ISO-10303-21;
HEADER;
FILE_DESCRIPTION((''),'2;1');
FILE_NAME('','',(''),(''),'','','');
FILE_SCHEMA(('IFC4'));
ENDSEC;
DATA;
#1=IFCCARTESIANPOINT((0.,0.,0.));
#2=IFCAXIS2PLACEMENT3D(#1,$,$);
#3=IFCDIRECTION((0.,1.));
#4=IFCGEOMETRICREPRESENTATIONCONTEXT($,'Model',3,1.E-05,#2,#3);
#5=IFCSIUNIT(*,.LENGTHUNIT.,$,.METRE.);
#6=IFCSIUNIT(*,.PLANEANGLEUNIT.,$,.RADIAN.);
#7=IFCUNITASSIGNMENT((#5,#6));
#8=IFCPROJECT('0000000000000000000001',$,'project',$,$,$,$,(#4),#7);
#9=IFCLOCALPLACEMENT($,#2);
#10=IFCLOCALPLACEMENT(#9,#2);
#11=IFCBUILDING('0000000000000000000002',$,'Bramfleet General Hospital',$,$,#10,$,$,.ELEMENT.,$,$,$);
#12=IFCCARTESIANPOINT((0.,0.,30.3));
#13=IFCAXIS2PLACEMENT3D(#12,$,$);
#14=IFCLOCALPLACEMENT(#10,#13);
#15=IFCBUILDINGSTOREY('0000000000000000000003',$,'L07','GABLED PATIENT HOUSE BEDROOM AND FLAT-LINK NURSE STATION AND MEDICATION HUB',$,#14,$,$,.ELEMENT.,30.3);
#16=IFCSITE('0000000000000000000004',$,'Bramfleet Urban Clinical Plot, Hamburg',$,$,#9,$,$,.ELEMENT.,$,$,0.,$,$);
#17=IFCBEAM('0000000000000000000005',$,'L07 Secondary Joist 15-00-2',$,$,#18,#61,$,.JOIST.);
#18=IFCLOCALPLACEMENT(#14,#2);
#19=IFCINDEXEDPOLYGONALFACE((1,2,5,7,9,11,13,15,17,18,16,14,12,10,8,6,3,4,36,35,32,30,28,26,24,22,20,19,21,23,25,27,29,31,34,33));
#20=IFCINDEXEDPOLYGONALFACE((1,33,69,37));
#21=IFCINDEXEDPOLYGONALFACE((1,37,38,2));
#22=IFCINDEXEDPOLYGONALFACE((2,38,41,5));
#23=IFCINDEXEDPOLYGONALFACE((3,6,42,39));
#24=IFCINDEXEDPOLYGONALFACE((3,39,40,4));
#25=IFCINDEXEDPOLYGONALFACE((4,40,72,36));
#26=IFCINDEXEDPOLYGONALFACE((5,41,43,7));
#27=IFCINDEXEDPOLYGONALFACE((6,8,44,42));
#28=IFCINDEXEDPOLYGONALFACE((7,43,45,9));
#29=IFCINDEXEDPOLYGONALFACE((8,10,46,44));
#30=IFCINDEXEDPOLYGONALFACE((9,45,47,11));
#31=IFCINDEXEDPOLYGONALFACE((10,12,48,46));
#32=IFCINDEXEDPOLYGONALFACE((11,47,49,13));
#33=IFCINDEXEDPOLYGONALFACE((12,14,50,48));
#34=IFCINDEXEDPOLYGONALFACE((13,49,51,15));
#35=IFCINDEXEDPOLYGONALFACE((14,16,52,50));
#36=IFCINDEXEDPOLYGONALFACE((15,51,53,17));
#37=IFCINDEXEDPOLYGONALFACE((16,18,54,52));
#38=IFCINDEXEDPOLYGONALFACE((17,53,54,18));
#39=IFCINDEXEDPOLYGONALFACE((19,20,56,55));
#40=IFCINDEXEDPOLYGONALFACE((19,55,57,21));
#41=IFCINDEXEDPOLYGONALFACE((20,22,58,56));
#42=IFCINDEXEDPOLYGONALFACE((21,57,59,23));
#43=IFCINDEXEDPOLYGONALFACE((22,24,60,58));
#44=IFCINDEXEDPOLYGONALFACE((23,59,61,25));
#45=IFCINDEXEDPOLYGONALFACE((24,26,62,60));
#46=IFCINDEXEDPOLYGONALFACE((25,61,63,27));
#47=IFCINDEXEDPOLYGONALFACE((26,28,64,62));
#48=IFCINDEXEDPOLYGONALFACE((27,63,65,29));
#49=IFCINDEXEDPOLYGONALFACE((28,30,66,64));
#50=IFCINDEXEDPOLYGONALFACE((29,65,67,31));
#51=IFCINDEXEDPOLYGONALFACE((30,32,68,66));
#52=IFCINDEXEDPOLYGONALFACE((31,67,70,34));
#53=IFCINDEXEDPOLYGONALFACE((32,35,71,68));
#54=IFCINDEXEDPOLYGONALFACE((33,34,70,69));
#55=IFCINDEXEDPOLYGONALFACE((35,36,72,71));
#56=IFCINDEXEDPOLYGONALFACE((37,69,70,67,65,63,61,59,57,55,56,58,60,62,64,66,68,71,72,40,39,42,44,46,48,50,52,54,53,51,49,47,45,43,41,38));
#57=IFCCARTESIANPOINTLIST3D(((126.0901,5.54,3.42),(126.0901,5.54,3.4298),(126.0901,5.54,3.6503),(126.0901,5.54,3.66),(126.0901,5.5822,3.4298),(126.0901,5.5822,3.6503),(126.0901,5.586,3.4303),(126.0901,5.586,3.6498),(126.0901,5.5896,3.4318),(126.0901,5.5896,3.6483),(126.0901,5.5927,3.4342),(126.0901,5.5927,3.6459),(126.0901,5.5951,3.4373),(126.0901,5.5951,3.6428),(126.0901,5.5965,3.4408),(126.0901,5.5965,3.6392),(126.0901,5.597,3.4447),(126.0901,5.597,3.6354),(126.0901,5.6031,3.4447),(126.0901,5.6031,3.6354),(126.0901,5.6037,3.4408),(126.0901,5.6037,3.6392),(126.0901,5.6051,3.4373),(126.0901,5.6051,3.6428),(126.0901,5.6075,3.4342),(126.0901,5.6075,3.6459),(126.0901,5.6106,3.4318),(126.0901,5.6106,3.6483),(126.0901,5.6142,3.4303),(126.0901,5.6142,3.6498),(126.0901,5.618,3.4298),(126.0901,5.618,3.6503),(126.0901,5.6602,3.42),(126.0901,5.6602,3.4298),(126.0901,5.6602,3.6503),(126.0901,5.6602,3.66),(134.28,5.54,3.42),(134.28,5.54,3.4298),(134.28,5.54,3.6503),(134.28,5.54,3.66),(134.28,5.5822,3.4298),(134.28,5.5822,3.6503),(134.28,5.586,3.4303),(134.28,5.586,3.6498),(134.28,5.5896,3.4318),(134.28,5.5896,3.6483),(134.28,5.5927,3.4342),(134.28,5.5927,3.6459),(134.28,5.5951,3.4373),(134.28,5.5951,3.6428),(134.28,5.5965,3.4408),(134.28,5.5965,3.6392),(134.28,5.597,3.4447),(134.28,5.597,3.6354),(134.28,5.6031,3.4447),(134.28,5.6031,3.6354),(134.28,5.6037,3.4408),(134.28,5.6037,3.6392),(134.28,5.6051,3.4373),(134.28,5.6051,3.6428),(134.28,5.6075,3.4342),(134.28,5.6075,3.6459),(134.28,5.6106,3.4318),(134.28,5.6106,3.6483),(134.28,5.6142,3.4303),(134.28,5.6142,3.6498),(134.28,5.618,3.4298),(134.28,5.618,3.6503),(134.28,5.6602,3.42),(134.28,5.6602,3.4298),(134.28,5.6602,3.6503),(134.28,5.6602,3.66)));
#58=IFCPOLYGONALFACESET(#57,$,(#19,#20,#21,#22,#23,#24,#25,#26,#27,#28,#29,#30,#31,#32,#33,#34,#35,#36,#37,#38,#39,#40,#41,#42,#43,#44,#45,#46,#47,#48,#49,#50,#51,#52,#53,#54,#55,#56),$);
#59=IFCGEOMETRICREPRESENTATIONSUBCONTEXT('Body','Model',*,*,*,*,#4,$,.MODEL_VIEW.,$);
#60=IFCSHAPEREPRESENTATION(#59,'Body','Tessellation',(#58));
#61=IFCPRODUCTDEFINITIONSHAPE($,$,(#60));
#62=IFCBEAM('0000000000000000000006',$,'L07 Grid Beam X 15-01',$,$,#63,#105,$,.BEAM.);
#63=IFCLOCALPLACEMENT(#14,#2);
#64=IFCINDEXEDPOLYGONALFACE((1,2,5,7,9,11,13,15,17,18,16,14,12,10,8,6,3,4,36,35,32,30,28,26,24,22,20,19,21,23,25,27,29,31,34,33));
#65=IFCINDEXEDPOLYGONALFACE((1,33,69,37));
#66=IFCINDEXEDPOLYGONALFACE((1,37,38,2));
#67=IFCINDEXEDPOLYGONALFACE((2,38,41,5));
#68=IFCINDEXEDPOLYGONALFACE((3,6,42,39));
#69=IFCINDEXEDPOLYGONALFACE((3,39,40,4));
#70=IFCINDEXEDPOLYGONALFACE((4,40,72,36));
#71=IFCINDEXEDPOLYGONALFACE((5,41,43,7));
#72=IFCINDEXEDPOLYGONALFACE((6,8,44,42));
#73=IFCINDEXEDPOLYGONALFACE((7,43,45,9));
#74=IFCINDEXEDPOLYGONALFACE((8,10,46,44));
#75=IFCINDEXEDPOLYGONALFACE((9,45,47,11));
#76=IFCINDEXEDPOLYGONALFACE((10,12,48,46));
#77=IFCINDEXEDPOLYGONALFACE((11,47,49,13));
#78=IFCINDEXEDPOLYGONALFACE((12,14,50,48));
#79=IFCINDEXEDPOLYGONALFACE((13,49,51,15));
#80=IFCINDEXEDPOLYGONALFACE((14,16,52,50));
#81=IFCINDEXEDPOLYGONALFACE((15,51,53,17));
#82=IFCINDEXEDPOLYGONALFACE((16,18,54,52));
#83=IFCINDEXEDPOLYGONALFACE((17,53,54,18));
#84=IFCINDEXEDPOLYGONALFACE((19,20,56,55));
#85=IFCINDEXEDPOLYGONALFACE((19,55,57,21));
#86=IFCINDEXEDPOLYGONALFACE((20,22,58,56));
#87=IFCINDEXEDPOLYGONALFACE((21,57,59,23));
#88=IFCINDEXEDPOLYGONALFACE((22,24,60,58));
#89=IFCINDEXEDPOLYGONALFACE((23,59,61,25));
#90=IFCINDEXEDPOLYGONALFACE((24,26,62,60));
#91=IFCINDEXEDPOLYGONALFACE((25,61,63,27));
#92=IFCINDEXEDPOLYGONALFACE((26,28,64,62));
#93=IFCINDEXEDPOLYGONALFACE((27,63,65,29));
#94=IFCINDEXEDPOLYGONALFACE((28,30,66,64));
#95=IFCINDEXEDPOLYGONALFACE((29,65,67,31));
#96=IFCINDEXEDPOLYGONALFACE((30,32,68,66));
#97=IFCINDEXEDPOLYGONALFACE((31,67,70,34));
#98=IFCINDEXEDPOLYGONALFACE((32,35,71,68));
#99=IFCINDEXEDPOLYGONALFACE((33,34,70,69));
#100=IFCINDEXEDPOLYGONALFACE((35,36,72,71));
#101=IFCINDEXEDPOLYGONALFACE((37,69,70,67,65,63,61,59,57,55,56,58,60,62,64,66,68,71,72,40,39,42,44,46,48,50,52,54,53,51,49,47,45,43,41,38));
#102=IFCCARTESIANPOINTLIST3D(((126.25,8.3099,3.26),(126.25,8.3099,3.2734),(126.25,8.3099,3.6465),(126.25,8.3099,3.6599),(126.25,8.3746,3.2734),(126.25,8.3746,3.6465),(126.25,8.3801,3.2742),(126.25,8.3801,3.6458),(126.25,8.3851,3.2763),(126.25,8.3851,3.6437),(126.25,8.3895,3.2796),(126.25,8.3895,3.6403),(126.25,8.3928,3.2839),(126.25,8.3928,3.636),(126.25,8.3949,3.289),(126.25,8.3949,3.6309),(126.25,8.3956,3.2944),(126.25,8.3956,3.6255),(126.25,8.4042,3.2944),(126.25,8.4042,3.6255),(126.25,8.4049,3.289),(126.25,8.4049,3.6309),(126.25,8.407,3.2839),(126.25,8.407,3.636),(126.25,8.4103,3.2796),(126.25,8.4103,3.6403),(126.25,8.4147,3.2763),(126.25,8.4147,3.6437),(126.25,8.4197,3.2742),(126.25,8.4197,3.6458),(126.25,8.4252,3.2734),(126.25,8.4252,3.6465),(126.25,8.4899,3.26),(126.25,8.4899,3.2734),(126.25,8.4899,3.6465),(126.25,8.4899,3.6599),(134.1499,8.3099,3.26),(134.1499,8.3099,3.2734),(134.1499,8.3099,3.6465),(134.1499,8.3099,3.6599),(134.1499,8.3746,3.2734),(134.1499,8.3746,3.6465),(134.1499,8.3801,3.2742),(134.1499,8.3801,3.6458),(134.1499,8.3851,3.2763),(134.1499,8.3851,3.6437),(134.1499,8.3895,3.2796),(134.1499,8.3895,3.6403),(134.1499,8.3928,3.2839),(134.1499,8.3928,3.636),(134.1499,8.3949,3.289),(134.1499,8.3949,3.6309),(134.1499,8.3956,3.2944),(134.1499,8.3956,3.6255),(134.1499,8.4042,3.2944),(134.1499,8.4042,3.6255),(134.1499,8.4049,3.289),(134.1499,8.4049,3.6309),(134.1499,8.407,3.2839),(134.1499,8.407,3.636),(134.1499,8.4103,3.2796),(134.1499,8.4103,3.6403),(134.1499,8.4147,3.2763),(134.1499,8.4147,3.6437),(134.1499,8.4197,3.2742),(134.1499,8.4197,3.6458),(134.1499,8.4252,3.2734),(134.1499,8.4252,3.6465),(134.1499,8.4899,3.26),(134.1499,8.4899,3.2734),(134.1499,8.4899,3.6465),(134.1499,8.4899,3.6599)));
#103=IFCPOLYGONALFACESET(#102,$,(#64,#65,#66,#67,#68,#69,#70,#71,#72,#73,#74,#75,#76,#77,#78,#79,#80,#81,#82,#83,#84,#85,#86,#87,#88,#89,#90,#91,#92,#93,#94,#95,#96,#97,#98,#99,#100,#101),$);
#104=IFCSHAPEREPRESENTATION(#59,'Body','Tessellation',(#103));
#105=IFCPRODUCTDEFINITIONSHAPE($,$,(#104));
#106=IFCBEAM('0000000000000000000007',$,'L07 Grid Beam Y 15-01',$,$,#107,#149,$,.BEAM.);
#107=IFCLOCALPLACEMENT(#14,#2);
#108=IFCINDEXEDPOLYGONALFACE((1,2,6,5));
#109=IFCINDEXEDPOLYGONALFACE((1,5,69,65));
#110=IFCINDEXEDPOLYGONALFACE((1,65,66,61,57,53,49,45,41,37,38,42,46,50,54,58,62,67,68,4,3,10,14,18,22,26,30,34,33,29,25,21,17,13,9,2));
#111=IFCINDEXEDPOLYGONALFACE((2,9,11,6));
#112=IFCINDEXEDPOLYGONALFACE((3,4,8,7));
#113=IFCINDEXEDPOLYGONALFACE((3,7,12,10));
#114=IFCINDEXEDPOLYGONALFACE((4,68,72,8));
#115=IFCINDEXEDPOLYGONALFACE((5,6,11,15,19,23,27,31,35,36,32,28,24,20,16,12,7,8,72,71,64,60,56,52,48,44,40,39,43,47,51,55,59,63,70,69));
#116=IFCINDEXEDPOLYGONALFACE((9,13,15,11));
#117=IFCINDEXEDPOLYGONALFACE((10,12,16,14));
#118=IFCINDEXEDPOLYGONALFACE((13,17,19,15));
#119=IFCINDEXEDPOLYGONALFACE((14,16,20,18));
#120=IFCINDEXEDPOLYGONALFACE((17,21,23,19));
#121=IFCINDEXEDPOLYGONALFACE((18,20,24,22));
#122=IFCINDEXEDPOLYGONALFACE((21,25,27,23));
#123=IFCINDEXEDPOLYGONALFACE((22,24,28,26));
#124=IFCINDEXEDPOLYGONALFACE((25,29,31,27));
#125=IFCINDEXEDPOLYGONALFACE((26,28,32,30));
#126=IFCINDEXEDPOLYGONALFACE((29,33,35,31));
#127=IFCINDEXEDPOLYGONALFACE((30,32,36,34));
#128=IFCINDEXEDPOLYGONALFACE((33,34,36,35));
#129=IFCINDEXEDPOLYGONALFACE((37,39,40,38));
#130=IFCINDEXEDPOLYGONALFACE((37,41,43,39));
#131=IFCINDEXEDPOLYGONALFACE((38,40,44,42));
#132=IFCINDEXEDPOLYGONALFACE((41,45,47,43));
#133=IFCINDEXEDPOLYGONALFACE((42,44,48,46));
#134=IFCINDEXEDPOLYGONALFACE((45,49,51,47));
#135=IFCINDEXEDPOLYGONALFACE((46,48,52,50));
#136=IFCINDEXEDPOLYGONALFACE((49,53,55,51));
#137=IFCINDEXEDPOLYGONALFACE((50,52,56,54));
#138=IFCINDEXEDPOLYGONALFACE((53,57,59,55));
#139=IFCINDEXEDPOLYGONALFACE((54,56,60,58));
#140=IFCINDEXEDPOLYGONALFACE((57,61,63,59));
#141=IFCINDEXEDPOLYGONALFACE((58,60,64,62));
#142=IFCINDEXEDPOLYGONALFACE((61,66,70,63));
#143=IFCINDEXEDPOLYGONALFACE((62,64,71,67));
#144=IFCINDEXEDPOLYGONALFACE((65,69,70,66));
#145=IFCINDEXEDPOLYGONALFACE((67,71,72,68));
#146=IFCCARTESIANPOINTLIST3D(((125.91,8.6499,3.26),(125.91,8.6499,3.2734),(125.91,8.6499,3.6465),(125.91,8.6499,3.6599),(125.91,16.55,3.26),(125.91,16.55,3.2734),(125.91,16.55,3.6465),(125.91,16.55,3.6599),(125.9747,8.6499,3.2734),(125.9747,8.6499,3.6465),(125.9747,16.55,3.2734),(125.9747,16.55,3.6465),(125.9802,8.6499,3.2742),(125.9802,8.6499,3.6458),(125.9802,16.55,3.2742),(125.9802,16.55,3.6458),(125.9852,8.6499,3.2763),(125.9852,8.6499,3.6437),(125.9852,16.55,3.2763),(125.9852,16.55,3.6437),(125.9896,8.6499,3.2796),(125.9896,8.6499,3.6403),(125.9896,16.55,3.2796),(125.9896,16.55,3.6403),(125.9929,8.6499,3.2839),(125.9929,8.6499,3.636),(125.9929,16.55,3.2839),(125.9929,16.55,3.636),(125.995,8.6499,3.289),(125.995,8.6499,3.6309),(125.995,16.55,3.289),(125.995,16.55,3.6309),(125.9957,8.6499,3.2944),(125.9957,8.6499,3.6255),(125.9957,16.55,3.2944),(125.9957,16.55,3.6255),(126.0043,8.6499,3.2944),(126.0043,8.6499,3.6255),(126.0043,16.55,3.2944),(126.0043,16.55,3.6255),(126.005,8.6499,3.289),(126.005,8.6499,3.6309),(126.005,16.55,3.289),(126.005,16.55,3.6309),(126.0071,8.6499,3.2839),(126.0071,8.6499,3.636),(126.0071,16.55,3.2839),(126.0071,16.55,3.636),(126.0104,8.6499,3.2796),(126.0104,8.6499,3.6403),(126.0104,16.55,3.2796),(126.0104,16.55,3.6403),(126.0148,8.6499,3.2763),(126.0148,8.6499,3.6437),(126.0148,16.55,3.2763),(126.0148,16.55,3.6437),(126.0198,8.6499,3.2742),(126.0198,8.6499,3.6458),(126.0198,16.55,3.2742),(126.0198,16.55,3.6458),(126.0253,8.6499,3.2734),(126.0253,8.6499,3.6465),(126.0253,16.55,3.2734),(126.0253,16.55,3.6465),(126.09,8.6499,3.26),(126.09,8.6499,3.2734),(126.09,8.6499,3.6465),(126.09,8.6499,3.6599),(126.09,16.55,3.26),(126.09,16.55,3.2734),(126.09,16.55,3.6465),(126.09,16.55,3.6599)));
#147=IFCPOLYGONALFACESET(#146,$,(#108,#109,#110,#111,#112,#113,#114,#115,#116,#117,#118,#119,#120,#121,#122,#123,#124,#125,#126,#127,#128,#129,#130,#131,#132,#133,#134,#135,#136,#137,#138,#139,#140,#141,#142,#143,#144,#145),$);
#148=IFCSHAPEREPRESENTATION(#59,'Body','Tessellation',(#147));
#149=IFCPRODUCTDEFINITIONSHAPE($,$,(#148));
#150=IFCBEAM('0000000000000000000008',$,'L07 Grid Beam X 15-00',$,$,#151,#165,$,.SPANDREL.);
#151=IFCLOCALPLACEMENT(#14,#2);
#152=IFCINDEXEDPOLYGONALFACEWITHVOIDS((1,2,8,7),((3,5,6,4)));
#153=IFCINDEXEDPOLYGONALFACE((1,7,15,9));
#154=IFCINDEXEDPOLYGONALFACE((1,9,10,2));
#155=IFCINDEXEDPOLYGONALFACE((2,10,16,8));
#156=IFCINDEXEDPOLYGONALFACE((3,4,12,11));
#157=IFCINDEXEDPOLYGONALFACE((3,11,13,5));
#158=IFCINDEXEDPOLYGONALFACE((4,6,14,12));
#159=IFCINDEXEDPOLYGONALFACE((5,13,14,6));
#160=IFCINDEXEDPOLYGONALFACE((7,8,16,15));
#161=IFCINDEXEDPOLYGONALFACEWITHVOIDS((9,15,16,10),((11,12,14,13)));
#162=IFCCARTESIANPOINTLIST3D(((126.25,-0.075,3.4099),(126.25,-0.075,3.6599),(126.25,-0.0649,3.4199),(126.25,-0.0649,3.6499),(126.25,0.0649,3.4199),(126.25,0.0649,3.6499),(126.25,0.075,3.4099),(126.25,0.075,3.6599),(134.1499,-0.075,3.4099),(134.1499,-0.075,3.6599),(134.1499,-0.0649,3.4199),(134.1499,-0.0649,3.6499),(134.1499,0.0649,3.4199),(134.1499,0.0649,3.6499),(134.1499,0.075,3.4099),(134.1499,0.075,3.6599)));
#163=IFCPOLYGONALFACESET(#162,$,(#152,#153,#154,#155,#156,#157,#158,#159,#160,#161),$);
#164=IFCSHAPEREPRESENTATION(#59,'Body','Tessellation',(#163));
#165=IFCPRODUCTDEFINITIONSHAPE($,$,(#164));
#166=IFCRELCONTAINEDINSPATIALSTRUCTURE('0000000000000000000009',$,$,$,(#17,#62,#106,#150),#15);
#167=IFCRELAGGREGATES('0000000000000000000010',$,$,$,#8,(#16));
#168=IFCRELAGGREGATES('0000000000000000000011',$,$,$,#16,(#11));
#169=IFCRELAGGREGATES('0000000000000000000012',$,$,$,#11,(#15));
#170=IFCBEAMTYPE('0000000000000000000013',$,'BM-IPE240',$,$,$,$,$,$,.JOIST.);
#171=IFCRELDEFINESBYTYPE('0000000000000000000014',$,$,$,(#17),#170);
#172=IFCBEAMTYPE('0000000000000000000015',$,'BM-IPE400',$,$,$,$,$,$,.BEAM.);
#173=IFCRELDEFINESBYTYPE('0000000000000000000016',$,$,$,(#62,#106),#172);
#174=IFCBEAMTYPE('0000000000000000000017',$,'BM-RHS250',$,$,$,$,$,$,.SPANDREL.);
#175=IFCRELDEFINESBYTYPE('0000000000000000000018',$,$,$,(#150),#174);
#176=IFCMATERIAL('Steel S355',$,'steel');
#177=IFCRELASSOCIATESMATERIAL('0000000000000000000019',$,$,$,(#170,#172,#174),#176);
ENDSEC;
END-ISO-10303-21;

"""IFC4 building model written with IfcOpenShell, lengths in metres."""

from ifc_helpers import new_model, si_unit, direction, frame, origin, origin_2d, place, context, subcontext, project, spatial, hollow_rectangle, i_section, extrude, material, material_profile, profile_set, type_object, element, save


model = new_model("IFC4")

# Units and contexts
model_context = context("Model", 3, precision=1e-05, world=origin(), true_north=direction((0.0, 1.0)))
body_context = subcontext(model_context, "Body", "Model", "MODEL_VIEW")
ifc_project = project(units=[si_unit("LENGTHUNIT", "METRE"), si_unit("PLANEANGLEUNIT", "RADIAN")], contexts=[model_context])

# Site, building, storey
site_placement = place(None, origin())
site = spatial("IfcSite", under=ifc_project, at=site_placement, Name="Bramfleet Urban Clinical Plot, Hamburg", CompositionType="ELEMENT", RefElevation=0.0)
building_placement = place(site_placement, origin())
building = spatial("IfcBuilding", under=site, at=building_placement, Name="Bramfleet General Hospital", CompositionType="ELEMENT")
storey_placement = place(building_placement, frame((0.0, 0.0, 30.3)))
storey = spatial("IfcBuildingStorey", under=building, at=storey_placement, Name="L07", Description="GABLED PATIENT HOUSE BEDROOM AND FLAT-LINK NURSE STATION AND MEDICATION HUB", CompositionType="ELEMENT", Elevation=30.3)

# Beams
ifc_material_1 = material(Name="Steel S355", Category="steel")
ifc_material_profile_1 = material_profile(ifc_material_1, i_section(OverallWidth=0.1201, OverallDepth=0.24, WebThickness=0.0061, FlangeThickness=0.0098, FilletRadius=0.0149, at=origin_2d()), Name="IPE 240")
ifc_profile_set_1 = profile_set([ifc_material_profile_1], Name="Steel S355")
beam_type_1 = type_object("IfcBeamType", Name="BM-IPE240", PredefinedType="JOIST", material=ifc_profile_set_1)
for number, where, z_axis, x_axis, name in (
    (1, (126.0901, 5.6001, 3.54), (1.0, 0.0, 0.0), (0.0, 1.0, 0.0), "L07 Secondary Joist 15-00-2"),
):
    element("IfcBeam", number, at=place(storey_placement, frame(where, z_axis=z_axis, x_axis=x_axis)), inside=storey, type_object=beam_type_1, Name=name, PredefinedType="JOIST", context=body_context, shape_type="SweptSolid", body=[
        extrude(i_section(OverallWidth=0.1201, OverallDepth=0.24, WebThickness=0.0061, FlangeThickness=0.0098, FilletRadius=0.0149, at=origin_2d()), origin(), (0.0, 0.0, 1.0), 8.1899),
    ])
ifc_material_profile_2 = material_profile(ifc_material_1, i_section(OverallWidth=0.1799, OverallDepth=0.3999, WebThickness=0.0085, FlangeThickness=0.0134, FilletRadius=0.021, at=origin_2d()), Name="IPE 400")
ifc_profile_set_2 = profile_set([ifc_material_profile_2], Name="Steel S355")
beam_type_2 = type_object("IfcBeamType", Name="BM-IPE400", PredefinedType="BEAM", material=ifc_profile_set_2)
beam_1_placement = place(storey_placement, frame((126.25, 8.3999, 3.46), z_axis=(1.0, 0.0, 0.0), x_axis=(0.0, 1.0, 0.0)))
element("IfcBeam", 2, at=beam_1_placement, inside=storey, type_object=beam_type_2, Name="L07 Grid Beam X 15-01", PredefinedType="BEAM", context=body_context, shape_type="SweptSolid", body=[
    extrude(i_section(OverallWidth=0.1799, OverallDepth=0.3999, WebThickness=0.0085, FlangeThickness=0.0134, FilletRadius=0.021, at=origin_2d()), origin(), (0.0, 0.0, 1.0), 7.8999),
])
beam_2_placement = place(storey_placement, frame((126.0, 8.6499, 3.46), z_axis=(0.0, 1.0, 0.0), x_axis=(-1.0, 0.0, 0.0)))
element("IfcBeam", 3, at=beam_2_placement, inside=storey, type_object=beam_type_2, Name="L07 Grid Beam Y 15-01", PredefinedType="BEAM", context=body_context, shape_type="SweptSolid", body=[
    extrude(i_section(OverallWidth=0.1799, OverallDepth=0.3999, WebThickness=0.0085, FlangeThickness=0.0134, FilletRadius=0.021, at=origin_2d()), origin(), (0.0, 0.0, 1.0), 7.9001),
])
ifc_material_profile_3 = material_profile(ifc_material_1, hollow_rectangle(XDim=0.1499, YDim=0.25, WallThickness=0.01, at=origin_2d()), Name="RHS 250x150x10.0")
ifc_profile_set_3 = profile_set([ifc_material_profile_3], Name="Steel S355")
beam_type_3 = type_object("IfcBeamType", Name="BM-RHS250", PredefinedType="SPANDREL", material=ifc_profile_set_3)
beam_3_placement = place(storey_placement, frame((126.25, 0.0, 3.5349), z_axis=(1.0, 0.0, 0.0), x_axis=(0.0, 1.0, 0.0)))
element("IfcBeam", 4, at=beam_3_placement, inside=storey, type_object=beam_type_3, Name="L07 Grid Beam X 15-00", PredefinedType="SPANDREL", context=body_context, shape_type="SweptSolid", body=[
    extrude(hollow_rectangle(XDim=0.1499, YDim=0.25, WallThickness=0.01, at=origin_2d()), origin(), (0.0, 0.0, 1.0), 7.8999),
])

save(model, "model.ifc")
